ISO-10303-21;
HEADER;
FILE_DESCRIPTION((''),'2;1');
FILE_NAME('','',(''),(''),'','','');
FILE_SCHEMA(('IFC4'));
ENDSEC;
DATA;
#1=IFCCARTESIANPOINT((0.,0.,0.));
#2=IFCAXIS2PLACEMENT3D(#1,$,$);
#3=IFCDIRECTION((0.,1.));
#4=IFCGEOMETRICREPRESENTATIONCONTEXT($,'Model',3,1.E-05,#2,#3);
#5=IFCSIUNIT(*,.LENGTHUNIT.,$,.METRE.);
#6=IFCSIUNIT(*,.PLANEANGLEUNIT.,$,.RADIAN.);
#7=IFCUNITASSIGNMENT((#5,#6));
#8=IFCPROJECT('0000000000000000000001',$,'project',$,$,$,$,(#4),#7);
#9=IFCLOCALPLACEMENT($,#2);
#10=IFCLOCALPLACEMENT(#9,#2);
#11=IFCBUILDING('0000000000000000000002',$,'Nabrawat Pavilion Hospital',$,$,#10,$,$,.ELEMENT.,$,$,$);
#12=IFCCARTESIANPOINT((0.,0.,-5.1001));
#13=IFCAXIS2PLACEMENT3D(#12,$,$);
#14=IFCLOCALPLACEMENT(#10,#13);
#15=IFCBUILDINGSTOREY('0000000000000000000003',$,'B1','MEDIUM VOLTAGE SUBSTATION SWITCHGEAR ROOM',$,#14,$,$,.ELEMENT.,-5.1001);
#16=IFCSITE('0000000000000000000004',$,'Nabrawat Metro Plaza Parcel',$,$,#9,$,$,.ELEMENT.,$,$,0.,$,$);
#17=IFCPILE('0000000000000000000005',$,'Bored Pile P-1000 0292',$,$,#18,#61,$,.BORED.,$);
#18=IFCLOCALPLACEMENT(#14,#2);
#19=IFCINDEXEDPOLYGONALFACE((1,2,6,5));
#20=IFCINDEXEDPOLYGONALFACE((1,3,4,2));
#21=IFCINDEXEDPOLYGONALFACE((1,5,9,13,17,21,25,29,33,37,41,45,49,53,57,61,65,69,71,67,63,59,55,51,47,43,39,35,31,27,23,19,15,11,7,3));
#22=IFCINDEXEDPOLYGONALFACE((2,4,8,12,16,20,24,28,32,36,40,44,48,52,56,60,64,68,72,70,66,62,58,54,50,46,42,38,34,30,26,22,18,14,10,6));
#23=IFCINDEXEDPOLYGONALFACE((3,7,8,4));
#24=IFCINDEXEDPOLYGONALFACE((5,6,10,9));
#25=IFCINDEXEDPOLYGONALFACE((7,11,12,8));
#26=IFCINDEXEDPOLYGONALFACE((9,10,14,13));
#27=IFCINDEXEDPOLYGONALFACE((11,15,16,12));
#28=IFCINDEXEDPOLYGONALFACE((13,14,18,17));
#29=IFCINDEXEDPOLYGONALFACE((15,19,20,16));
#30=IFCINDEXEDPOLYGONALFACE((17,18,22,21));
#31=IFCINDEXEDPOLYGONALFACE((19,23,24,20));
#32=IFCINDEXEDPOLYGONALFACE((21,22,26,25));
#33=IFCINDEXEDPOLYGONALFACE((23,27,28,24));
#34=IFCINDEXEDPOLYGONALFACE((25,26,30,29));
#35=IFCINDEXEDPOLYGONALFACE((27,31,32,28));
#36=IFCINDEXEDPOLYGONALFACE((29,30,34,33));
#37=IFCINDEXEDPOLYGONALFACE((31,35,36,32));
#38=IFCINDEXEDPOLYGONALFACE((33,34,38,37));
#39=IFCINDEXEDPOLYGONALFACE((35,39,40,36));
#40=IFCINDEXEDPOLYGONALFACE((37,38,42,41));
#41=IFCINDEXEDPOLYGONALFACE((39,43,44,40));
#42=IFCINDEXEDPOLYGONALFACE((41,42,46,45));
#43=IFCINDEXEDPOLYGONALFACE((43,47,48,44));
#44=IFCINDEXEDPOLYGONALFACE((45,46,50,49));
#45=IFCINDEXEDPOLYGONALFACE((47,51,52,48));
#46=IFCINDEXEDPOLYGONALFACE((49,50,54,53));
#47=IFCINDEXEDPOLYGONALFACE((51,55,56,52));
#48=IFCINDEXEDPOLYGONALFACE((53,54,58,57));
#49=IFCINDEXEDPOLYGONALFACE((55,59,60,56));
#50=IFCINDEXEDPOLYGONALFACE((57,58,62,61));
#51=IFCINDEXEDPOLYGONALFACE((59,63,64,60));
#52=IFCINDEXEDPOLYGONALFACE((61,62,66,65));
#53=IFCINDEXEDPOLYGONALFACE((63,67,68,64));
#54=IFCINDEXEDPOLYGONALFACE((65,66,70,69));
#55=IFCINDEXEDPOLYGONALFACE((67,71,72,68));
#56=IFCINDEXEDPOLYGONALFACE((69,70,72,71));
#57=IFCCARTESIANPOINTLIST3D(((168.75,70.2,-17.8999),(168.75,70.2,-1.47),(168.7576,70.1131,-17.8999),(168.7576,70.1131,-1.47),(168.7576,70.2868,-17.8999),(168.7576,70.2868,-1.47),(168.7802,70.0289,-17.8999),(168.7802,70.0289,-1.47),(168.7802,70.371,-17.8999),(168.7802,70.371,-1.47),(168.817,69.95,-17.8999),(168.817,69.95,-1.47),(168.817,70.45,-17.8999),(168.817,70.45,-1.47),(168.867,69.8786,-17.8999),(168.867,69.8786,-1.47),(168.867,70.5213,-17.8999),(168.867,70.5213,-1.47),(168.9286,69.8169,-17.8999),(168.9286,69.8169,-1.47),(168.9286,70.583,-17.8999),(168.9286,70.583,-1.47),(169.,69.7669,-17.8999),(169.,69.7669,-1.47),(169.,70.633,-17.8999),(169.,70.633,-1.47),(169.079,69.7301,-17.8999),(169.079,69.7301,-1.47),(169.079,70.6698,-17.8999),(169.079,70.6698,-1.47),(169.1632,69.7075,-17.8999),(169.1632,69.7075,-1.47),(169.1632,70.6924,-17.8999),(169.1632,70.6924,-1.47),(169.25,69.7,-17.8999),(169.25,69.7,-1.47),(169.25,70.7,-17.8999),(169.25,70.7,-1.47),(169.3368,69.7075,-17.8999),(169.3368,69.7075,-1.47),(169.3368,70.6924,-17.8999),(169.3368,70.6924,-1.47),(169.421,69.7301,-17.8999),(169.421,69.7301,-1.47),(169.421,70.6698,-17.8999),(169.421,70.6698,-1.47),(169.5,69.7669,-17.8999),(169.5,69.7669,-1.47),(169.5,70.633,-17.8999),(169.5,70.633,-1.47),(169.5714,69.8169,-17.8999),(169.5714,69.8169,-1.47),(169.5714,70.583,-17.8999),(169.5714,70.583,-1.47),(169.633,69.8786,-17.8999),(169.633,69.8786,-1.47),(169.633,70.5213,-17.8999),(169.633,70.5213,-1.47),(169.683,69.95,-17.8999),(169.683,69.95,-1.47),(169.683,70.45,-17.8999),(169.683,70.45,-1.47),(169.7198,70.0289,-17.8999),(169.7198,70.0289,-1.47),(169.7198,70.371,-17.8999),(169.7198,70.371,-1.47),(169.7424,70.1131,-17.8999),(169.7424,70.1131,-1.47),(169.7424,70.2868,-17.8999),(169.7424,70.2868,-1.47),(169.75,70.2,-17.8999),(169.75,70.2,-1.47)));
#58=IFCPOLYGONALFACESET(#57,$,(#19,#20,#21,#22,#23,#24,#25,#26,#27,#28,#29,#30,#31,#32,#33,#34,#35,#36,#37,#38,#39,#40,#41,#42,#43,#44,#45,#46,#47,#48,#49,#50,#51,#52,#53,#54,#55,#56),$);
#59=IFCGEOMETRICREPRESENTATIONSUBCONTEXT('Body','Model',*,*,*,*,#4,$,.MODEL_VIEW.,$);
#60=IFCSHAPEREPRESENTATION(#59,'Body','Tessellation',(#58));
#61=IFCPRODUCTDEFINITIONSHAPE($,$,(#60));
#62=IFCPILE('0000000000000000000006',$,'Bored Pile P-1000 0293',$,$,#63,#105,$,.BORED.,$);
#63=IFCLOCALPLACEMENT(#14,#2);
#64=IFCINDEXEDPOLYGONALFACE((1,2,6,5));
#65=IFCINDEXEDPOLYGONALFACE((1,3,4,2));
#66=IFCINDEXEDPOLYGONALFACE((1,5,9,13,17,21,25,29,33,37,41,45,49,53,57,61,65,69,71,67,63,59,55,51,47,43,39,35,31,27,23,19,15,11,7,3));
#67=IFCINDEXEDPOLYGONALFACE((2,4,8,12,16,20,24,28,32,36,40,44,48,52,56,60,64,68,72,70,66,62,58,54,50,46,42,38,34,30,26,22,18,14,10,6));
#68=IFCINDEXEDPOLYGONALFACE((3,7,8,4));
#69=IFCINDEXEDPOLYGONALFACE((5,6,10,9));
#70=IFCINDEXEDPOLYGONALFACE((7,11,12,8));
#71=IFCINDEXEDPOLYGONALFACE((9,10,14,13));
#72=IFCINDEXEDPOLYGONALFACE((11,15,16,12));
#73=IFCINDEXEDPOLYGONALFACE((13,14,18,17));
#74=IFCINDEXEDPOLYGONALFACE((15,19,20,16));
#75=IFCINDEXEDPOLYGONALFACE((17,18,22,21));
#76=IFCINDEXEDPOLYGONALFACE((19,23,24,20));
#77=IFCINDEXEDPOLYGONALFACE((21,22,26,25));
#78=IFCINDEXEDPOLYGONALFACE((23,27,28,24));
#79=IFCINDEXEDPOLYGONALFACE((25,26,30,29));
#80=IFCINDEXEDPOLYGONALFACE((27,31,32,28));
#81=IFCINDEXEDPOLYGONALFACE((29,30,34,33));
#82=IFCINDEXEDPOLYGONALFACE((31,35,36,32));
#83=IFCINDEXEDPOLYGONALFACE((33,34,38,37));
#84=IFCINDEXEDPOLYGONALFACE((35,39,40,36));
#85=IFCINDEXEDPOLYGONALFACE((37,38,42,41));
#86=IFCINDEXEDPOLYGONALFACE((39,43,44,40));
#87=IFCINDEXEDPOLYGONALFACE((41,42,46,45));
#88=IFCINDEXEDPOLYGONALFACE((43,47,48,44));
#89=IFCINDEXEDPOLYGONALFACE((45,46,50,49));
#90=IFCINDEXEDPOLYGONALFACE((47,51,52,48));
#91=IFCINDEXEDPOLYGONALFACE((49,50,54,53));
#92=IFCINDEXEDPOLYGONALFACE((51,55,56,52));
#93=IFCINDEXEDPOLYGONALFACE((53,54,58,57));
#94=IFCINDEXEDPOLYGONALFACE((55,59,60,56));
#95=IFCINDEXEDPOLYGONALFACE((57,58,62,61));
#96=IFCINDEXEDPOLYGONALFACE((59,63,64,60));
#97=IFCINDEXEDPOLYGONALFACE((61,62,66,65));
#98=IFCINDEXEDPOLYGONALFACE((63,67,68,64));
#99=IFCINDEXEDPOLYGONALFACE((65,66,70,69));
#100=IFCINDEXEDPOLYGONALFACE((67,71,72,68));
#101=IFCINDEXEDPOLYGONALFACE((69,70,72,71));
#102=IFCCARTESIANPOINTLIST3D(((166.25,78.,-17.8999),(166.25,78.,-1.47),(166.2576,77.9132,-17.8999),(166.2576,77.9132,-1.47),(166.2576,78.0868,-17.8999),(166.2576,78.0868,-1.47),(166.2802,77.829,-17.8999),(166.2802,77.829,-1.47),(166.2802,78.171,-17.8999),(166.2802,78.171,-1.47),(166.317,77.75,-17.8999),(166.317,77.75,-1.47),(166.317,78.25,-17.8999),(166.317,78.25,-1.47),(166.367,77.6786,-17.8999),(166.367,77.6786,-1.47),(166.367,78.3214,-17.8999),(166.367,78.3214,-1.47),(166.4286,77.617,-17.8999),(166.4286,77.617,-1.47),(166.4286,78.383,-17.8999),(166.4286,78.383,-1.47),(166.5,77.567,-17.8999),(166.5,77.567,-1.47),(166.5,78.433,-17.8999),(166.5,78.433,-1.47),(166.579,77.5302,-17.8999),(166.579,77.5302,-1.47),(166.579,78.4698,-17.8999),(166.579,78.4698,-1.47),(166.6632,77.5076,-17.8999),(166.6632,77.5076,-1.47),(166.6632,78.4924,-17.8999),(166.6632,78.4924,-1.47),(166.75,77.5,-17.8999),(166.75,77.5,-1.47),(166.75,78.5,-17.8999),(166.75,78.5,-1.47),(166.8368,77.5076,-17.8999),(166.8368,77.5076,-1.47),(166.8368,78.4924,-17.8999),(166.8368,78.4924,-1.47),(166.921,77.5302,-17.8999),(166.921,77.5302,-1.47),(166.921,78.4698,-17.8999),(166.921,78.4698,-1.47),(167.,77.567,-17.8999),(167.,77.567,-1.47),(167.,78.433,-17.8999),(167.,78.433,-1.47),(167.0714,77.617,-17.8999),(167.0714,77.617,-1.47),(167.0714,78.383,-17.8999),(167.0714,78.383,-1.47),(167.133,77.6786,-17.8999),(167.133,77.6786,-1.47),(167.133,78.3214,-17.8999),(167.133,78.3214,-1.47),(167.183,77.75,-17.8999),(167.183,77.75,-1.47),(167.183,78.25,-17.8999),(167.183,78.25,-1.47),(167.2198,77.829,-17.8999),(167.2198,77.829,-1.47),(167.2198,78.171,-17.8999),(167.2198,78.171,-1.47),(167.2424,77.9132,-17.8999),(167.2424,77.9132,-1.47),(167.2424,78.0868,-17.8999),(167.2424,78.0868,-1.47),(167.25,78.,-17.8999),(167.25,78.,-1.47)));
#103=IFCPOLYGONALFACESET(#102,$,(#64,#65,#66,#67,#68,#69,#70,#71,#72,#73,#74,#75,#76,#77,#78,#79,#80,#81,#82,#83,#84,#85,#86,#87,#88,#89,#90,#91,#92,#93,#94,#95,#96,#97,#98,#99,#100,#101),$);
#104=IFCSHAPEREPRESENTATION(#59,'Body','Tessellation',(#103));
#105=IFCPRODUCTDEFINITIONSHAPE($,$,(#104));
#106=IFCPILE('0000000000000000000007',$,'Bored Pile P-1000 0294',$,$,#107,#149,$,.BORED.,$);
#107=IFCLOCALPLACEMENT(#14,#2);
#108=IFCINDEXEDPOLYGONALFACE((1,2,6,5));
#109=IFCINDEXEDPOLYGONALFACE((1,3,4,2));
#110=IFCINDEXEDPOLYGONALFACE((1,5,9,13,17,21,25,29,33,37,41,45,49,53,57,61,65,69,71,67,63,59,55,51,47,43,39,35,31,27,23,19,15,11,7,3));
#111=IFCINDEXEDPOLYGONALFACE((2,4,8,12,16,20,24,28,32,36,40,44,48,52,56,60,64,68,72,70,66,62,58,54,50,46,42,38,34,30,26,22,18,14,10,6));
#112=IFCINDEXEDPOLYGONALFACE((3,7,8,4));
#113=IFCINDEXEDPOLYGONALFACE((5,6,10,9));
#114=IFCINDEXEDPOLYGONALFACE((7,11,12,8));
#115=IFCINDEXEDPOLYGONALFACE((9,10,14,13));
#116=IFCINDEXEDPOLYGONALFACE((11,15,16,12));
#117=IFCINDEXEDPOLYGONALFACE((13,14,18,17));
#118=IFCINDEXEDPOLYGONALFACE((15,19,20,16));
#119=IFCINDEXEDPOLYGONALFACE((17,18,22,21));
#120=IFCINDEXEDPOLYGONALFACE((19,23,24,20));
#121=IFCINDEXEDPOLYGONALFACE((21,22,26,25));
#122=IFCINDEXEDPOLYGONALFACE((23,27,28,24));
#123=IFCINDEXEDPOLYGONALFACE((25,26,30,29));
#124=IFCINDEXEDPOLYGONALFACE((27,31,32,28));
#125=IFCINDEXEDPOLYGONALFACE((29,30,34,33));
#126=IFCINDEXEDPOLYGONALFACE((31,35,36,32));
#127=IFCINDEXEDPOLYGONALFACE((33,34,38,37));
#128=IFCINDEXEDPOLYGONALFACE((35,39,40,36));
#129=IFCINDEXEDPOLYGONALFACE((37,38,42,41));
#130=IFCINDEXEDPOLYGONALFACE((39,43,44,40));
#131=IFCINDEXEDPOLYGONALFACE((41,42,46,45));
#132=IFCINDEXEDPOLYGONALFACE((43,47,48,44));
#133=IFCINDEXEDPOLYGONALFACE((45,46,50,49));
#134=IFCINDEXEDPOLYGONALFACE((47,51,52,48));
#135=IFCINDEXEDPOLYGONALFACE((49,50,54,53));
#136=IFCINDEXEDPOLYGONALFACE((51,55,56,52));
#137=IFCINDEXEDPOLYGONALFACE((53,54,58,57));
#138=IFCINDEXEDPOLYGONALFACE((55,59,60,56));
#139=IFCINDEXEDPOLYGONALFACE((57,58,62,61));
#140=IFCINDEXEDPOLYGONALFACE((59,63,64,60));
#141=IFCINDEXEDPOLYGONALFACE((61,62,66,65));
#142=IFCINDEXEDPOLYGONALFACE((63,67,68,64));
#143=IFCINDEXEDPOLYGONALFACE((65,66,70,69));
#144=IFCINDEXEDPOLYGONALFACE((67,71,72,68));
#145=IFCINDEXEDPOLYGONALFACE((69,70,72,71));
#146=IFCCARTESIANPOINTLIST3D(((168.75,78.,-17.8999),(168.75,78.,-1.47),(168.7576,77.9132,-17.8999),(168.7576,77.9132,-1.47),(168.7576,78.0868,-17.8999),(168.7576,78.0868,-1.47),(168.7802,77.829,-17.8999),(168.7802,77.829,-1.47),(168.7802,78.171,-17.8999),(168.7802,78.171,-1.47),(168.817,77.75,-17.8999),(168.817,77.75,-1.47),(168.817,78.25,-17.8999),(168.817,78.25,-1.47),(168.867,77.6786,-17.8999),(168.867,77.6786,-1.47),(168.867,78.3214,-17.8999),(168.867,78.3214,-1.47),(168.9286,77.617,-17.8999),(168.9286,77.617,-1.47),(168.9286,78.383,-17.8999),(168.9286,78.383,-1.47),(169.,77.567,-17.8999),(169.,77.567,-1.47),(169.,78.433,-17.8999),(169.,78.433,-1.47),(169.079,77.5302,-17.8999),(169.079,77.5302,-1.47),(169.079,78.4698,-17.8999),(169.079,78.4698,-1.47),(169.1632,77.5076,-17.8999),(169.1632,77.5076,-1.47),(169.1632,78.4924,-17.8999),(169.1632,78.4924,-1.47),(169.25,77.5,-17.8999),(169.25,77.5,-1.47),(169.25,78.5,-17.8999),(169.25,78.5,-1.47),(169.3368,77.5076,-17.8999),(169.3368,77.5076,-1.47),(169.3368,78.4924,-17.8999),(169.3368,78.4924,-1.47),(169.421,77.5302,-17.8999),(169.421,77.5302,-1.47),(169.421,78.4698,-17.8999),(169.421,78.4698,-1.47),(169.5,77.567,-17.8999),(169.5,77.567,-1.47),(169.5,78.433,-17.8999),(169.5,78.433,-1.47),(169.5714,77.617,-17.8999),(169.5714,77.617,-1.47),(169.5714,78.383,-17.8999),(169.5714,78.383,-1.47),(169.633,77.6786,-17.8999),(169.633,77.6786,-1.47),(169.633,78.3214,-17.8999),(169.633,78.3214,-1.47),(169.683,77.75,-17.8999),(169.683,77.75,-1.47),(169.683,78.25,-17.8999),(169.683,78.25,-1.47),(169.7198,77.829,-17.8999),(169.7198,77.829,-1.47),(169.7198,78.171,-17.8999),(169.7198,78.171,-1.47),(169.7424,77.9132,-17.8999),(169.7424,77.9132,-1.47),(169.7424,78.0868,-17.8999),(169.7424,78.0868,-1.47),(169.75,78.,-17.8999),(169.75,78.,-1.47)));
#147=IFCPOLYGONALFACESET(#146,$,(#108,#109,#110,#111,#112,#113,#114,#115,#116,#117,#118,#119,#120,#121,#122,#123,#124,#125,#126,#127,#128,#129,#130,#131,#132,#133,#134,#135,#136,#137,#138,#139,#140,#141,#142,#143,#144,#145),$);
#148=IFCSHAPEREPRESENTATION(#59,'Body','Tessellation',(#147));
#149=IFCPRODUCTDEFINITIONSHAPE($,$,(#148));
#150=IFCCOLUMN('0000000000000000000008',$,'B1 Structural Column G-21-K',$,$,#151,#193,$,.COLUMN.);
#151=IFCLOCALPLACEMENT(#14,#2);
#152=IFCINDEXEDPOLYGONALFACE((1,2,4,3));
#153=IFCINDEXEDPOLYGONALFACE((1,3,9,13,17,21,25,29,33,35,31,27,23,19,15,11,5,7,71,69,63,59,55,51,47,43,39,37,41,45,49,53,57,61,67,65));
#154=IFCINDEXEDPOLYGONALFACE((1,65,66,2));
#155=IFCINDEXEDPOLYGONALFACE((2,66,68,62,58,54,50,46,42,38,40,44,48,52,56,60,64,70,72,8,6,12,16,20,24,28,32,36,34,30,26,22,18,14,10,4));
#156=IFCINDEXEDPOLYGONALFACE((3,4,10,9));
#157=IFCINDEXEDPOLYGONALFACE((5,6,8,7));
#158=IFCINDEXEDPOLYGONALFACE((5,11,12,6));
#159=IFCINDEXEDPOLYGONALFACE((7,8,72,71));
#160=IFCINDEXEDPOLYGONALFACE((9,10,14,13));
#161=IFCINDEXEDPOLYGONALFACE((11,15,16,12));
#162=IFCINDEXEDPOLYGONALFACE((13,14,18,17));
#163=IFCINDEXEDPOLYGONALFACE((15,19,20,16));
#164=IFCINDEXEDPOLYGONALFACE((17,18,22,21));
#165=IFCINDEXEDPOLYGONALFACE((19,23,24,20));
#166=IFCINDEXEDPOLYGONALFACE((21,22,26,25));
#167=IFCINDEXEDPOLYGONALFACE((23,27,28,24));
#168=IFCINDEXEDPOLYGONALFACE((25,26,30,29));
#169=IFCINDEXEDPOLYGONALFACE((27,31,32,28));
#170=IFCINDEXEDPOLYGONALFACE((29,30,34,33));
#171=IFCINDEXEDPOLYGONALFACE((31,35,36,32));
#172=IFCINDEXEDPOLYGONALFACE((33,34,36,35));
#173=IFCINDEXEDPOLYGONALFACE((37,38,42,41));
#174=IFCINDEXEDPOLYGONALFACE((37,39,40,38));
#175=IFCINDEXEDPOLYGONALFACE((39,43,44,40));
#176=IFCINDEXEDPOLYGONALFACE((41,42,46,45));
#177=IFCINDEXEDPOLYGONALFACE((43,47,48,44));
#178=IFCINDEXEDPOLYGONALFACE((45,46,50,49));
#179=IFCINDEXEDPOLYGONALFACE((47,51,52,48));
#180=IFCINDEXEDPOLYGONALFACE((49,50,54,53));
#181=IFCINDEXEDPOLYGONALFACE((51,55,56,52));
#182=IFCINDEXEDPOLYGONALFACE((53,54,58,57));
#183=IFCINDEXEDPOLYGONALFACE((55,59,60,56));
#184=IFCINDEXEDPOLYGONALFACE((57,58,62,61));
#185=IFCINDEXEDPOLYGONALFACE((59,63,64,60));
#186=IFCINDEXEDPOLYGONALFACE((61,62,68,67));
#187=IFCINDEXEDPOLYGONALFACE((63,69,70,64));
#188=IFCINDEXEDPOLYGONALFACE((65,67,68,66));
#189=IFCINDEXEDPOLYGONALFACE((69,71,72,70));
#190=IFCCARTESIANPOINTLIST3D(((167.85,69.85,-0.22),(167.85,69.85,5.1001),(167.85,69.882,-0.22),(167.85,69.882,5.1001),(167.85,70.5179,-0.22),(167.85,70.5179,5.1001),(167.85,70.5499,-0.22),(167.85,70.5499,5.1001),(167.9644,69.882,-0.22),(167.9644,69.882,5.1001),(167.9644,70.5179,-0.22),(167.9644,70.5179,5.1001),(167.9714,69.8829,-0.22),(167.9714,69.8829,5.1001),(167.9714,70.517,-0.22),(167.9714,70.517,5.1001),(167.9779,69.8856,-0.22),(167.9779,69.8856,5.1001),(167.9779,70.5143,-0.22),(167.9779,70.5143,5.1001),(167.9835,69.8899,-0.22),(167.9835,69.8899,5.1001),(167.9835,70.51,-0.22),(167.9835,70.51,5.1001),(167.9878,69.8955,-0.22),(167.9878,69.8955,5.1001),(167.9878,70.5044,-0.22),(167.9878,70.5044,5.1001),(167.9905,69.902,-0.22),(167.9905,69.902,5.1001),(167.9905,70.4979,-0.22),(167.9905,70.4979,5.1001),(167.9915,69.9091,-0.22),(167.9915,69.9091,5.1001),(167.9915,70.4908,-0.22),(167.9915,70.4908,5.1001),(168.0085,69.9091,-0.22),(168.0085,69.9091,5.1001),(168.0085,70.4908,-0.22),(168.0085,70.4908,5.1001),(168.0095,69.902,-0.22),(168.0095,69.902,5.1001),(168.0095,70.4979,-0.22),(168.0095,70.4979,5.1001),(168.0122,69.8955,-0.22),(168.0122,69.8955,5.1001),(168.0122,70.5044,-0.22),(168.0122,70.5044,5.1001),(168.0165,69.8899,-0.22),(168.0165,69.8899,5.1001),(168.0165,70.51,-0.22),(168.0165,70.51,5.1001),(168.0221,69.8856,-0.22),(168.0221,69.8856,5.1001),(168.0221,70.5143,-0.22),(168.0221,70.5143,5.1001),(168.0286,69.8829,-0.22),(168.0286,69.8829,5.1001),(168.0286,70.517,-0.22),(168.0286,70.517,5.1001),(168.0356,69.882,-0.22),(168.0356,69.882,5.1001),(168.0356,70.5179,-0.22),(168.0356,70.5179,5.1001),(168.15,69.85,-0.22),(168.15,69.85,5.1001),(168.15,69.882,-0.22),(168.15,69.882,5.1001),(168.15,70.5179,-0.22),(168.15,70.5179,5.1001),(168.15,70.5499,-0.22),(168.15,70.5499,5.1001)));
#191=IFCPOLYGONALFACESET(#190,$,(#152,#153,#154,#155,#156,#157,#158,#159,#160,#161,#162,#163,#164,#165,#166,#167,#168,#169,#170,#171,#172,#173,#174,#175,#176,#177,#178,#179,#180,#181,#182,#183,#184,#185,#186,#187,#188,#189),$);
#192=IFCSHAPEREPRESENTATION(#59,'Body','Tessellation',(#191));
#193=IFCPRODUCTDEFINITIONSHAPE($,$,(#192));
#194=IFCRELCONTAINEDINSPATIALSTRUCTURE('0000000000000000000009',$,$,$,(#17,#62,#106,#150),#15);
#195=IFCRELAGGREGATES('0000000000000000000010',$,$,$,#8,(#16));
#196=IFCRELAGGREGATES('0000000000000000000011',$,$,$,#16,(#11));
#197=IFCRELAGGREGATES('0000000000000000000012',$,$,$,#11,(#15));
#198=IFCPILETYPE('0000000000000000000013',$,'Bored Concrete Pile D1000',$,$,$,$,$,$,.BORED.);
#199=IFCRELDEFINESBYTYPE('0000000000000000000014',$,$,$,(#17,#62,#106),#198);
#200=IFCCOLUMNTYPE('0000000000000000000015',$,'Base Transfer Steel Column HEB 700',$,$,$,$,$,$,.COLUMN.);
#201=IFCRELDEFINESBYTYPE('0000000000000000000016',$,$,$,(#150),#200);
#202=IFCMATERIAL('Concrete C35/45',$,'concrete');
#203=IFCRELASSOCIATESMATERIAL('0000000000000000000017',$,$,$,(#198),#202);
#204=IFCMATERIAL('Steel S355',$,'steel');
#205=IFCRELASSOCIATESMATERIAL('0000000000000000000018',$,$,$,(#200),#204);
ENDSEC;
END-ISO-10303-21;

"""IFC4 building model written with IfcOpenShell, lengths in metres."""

from ifc_helpers import new_model, si_unit, direction, frame, origin, origin_2d, place, context, subcontext, project, spatial, circle, i_section, extrude, material, material_profile, profile_set, type_object, element, save


model = new_model("IFC4")

# Units and contexts
model_context = context("Model", 3, precision=1e-05, world=origin(), true_north=direction((0.0, 1.0)))
body_context = subcontext(model_context, "Body", "Model", "MODEL_VIEW")
ifc_project = project(units=[si_unit("LENGTHUNIT", "METRE"), si_unit("PLANEANGLEUNIT", "RADIAN")], contexts=[model_context])

# Site, building, storey
site_placement = place(None, origin())
site = spatial("IfcSite", under=ifc_project, at=site_placement, Name="Nabrawat Metro Plaza Parcel", CompositionType="ELEMENT", RefElevation=0.0)
building_placement = place(site_placement, origin())
building = spatial("IfcBuilding", under=site, at=building_placement, Name="Nabrawat Pavilion Hospital", CompositionType="ELEMENT")
storey_placement = place(building_placement, frame((0.0, 0.0, -5.1001)))
storey = spatial("IfcBuildingStorey", under=building, at=storey_placement, Name="B1", Description="MEDIUM VOLTAGE SUBSTATION SWITCHGEAR ROOM", CompositionType="ELEMENT", Elevation=-5.1001)

# Piles
ifc_material_1 = material(Name="Concrete C35/45", Category="concrete")
ifc_material_profile_1 = material_profile(ifc_material_1, circle(Radius=0.5, at=origin_2d()), Name="DIA 1000")
ifc_profile_set_1 = profile_set([ifc_material_profile_1], Name="Concrete C35/45")
pile_type = type_object("IfcPileType", Name="Bored Concrete Pile D1000", PredefinedType="BORED", material=ifc_profile_set_1)
for number, where, z_axis, x_axis, name in (
    (1, (169.25, 70.2, -1.47), (0.0, 0.0, -1.0), (1.0, 0.0, 0.0), "Bored Pile P-1000 0292"),
    (2, (166.75, 78.0, -1.47), (0.0, 0.0, -1.0), (1.0, 0.0, 0.0), "Bored Pile P-1000 0293"),
    (3, (169.25, 78.0, -1.47), (0.0, 0.0, -1.0), (1.0, 0.0, 0.0), "Bored Pile P-1000 0294"),
):
    element("IfcPile", number, at=place(storey_placement, frame(where, z_axis=z_axis, x_axis=x_axis)), inside=storey, type_object=pile_type, Name=name, PredefinedType="BORED", context=body_context, shape_type="SweptSolid", body=[
        extrude(circle(Radius=0.5, at=origin_2d()), origin(), (0.0, 0.0, 1.0), 16.4299),
    ])

# Column
ifc_material_2 = material(Name="Steel S355", Category="steel")
ifc_material_profile_2 = material_profile(ifc_material_2, i_section(OverallWidth=0.3, OverallDepth=0.7, WebThickness=0.0171, FlangeThickness=0.032, FilletRadius=0.0271, at=origin_2d()), Name="HEB 700")
ifc_profile_set_2 = profile_set([ifc_material_profile_2], Name="Steel S355")
column_type_1 = type_object("IfcColumnType", Name="Base Transfer Steel Column HEB 700", PredefinedType="COLUMN", material=ifc_profile_set_2)
for number, where, z_axis, x_axis, name in (
    (4, (168.0, 70.2, -0.22), (0.0, 0.0, 1.0), (1.0, 0.0, 0.0), "B1 Structural Column G-21-K"),
):
    element("IfcColumn", number, at=place(storey_placement, frame(where, z_axis=z_axis, x_axis=x_axis)), inside=storey, type_object=column_type_1, Name=name, PredefinedType="COLUMN", context=body_context, shape_type="SweptSolid", body=[
        extrude(i_section(OverallWidth=0.3, OverallDepth=0.7, WebThickness=0.0171, FlangeThickness=0.032, FilletRadius=0.0271, at=origin_2d()), origin(), (0.0, 0.0, 1.0), 5.3201),
    ])

save(model, "model.ifc")
